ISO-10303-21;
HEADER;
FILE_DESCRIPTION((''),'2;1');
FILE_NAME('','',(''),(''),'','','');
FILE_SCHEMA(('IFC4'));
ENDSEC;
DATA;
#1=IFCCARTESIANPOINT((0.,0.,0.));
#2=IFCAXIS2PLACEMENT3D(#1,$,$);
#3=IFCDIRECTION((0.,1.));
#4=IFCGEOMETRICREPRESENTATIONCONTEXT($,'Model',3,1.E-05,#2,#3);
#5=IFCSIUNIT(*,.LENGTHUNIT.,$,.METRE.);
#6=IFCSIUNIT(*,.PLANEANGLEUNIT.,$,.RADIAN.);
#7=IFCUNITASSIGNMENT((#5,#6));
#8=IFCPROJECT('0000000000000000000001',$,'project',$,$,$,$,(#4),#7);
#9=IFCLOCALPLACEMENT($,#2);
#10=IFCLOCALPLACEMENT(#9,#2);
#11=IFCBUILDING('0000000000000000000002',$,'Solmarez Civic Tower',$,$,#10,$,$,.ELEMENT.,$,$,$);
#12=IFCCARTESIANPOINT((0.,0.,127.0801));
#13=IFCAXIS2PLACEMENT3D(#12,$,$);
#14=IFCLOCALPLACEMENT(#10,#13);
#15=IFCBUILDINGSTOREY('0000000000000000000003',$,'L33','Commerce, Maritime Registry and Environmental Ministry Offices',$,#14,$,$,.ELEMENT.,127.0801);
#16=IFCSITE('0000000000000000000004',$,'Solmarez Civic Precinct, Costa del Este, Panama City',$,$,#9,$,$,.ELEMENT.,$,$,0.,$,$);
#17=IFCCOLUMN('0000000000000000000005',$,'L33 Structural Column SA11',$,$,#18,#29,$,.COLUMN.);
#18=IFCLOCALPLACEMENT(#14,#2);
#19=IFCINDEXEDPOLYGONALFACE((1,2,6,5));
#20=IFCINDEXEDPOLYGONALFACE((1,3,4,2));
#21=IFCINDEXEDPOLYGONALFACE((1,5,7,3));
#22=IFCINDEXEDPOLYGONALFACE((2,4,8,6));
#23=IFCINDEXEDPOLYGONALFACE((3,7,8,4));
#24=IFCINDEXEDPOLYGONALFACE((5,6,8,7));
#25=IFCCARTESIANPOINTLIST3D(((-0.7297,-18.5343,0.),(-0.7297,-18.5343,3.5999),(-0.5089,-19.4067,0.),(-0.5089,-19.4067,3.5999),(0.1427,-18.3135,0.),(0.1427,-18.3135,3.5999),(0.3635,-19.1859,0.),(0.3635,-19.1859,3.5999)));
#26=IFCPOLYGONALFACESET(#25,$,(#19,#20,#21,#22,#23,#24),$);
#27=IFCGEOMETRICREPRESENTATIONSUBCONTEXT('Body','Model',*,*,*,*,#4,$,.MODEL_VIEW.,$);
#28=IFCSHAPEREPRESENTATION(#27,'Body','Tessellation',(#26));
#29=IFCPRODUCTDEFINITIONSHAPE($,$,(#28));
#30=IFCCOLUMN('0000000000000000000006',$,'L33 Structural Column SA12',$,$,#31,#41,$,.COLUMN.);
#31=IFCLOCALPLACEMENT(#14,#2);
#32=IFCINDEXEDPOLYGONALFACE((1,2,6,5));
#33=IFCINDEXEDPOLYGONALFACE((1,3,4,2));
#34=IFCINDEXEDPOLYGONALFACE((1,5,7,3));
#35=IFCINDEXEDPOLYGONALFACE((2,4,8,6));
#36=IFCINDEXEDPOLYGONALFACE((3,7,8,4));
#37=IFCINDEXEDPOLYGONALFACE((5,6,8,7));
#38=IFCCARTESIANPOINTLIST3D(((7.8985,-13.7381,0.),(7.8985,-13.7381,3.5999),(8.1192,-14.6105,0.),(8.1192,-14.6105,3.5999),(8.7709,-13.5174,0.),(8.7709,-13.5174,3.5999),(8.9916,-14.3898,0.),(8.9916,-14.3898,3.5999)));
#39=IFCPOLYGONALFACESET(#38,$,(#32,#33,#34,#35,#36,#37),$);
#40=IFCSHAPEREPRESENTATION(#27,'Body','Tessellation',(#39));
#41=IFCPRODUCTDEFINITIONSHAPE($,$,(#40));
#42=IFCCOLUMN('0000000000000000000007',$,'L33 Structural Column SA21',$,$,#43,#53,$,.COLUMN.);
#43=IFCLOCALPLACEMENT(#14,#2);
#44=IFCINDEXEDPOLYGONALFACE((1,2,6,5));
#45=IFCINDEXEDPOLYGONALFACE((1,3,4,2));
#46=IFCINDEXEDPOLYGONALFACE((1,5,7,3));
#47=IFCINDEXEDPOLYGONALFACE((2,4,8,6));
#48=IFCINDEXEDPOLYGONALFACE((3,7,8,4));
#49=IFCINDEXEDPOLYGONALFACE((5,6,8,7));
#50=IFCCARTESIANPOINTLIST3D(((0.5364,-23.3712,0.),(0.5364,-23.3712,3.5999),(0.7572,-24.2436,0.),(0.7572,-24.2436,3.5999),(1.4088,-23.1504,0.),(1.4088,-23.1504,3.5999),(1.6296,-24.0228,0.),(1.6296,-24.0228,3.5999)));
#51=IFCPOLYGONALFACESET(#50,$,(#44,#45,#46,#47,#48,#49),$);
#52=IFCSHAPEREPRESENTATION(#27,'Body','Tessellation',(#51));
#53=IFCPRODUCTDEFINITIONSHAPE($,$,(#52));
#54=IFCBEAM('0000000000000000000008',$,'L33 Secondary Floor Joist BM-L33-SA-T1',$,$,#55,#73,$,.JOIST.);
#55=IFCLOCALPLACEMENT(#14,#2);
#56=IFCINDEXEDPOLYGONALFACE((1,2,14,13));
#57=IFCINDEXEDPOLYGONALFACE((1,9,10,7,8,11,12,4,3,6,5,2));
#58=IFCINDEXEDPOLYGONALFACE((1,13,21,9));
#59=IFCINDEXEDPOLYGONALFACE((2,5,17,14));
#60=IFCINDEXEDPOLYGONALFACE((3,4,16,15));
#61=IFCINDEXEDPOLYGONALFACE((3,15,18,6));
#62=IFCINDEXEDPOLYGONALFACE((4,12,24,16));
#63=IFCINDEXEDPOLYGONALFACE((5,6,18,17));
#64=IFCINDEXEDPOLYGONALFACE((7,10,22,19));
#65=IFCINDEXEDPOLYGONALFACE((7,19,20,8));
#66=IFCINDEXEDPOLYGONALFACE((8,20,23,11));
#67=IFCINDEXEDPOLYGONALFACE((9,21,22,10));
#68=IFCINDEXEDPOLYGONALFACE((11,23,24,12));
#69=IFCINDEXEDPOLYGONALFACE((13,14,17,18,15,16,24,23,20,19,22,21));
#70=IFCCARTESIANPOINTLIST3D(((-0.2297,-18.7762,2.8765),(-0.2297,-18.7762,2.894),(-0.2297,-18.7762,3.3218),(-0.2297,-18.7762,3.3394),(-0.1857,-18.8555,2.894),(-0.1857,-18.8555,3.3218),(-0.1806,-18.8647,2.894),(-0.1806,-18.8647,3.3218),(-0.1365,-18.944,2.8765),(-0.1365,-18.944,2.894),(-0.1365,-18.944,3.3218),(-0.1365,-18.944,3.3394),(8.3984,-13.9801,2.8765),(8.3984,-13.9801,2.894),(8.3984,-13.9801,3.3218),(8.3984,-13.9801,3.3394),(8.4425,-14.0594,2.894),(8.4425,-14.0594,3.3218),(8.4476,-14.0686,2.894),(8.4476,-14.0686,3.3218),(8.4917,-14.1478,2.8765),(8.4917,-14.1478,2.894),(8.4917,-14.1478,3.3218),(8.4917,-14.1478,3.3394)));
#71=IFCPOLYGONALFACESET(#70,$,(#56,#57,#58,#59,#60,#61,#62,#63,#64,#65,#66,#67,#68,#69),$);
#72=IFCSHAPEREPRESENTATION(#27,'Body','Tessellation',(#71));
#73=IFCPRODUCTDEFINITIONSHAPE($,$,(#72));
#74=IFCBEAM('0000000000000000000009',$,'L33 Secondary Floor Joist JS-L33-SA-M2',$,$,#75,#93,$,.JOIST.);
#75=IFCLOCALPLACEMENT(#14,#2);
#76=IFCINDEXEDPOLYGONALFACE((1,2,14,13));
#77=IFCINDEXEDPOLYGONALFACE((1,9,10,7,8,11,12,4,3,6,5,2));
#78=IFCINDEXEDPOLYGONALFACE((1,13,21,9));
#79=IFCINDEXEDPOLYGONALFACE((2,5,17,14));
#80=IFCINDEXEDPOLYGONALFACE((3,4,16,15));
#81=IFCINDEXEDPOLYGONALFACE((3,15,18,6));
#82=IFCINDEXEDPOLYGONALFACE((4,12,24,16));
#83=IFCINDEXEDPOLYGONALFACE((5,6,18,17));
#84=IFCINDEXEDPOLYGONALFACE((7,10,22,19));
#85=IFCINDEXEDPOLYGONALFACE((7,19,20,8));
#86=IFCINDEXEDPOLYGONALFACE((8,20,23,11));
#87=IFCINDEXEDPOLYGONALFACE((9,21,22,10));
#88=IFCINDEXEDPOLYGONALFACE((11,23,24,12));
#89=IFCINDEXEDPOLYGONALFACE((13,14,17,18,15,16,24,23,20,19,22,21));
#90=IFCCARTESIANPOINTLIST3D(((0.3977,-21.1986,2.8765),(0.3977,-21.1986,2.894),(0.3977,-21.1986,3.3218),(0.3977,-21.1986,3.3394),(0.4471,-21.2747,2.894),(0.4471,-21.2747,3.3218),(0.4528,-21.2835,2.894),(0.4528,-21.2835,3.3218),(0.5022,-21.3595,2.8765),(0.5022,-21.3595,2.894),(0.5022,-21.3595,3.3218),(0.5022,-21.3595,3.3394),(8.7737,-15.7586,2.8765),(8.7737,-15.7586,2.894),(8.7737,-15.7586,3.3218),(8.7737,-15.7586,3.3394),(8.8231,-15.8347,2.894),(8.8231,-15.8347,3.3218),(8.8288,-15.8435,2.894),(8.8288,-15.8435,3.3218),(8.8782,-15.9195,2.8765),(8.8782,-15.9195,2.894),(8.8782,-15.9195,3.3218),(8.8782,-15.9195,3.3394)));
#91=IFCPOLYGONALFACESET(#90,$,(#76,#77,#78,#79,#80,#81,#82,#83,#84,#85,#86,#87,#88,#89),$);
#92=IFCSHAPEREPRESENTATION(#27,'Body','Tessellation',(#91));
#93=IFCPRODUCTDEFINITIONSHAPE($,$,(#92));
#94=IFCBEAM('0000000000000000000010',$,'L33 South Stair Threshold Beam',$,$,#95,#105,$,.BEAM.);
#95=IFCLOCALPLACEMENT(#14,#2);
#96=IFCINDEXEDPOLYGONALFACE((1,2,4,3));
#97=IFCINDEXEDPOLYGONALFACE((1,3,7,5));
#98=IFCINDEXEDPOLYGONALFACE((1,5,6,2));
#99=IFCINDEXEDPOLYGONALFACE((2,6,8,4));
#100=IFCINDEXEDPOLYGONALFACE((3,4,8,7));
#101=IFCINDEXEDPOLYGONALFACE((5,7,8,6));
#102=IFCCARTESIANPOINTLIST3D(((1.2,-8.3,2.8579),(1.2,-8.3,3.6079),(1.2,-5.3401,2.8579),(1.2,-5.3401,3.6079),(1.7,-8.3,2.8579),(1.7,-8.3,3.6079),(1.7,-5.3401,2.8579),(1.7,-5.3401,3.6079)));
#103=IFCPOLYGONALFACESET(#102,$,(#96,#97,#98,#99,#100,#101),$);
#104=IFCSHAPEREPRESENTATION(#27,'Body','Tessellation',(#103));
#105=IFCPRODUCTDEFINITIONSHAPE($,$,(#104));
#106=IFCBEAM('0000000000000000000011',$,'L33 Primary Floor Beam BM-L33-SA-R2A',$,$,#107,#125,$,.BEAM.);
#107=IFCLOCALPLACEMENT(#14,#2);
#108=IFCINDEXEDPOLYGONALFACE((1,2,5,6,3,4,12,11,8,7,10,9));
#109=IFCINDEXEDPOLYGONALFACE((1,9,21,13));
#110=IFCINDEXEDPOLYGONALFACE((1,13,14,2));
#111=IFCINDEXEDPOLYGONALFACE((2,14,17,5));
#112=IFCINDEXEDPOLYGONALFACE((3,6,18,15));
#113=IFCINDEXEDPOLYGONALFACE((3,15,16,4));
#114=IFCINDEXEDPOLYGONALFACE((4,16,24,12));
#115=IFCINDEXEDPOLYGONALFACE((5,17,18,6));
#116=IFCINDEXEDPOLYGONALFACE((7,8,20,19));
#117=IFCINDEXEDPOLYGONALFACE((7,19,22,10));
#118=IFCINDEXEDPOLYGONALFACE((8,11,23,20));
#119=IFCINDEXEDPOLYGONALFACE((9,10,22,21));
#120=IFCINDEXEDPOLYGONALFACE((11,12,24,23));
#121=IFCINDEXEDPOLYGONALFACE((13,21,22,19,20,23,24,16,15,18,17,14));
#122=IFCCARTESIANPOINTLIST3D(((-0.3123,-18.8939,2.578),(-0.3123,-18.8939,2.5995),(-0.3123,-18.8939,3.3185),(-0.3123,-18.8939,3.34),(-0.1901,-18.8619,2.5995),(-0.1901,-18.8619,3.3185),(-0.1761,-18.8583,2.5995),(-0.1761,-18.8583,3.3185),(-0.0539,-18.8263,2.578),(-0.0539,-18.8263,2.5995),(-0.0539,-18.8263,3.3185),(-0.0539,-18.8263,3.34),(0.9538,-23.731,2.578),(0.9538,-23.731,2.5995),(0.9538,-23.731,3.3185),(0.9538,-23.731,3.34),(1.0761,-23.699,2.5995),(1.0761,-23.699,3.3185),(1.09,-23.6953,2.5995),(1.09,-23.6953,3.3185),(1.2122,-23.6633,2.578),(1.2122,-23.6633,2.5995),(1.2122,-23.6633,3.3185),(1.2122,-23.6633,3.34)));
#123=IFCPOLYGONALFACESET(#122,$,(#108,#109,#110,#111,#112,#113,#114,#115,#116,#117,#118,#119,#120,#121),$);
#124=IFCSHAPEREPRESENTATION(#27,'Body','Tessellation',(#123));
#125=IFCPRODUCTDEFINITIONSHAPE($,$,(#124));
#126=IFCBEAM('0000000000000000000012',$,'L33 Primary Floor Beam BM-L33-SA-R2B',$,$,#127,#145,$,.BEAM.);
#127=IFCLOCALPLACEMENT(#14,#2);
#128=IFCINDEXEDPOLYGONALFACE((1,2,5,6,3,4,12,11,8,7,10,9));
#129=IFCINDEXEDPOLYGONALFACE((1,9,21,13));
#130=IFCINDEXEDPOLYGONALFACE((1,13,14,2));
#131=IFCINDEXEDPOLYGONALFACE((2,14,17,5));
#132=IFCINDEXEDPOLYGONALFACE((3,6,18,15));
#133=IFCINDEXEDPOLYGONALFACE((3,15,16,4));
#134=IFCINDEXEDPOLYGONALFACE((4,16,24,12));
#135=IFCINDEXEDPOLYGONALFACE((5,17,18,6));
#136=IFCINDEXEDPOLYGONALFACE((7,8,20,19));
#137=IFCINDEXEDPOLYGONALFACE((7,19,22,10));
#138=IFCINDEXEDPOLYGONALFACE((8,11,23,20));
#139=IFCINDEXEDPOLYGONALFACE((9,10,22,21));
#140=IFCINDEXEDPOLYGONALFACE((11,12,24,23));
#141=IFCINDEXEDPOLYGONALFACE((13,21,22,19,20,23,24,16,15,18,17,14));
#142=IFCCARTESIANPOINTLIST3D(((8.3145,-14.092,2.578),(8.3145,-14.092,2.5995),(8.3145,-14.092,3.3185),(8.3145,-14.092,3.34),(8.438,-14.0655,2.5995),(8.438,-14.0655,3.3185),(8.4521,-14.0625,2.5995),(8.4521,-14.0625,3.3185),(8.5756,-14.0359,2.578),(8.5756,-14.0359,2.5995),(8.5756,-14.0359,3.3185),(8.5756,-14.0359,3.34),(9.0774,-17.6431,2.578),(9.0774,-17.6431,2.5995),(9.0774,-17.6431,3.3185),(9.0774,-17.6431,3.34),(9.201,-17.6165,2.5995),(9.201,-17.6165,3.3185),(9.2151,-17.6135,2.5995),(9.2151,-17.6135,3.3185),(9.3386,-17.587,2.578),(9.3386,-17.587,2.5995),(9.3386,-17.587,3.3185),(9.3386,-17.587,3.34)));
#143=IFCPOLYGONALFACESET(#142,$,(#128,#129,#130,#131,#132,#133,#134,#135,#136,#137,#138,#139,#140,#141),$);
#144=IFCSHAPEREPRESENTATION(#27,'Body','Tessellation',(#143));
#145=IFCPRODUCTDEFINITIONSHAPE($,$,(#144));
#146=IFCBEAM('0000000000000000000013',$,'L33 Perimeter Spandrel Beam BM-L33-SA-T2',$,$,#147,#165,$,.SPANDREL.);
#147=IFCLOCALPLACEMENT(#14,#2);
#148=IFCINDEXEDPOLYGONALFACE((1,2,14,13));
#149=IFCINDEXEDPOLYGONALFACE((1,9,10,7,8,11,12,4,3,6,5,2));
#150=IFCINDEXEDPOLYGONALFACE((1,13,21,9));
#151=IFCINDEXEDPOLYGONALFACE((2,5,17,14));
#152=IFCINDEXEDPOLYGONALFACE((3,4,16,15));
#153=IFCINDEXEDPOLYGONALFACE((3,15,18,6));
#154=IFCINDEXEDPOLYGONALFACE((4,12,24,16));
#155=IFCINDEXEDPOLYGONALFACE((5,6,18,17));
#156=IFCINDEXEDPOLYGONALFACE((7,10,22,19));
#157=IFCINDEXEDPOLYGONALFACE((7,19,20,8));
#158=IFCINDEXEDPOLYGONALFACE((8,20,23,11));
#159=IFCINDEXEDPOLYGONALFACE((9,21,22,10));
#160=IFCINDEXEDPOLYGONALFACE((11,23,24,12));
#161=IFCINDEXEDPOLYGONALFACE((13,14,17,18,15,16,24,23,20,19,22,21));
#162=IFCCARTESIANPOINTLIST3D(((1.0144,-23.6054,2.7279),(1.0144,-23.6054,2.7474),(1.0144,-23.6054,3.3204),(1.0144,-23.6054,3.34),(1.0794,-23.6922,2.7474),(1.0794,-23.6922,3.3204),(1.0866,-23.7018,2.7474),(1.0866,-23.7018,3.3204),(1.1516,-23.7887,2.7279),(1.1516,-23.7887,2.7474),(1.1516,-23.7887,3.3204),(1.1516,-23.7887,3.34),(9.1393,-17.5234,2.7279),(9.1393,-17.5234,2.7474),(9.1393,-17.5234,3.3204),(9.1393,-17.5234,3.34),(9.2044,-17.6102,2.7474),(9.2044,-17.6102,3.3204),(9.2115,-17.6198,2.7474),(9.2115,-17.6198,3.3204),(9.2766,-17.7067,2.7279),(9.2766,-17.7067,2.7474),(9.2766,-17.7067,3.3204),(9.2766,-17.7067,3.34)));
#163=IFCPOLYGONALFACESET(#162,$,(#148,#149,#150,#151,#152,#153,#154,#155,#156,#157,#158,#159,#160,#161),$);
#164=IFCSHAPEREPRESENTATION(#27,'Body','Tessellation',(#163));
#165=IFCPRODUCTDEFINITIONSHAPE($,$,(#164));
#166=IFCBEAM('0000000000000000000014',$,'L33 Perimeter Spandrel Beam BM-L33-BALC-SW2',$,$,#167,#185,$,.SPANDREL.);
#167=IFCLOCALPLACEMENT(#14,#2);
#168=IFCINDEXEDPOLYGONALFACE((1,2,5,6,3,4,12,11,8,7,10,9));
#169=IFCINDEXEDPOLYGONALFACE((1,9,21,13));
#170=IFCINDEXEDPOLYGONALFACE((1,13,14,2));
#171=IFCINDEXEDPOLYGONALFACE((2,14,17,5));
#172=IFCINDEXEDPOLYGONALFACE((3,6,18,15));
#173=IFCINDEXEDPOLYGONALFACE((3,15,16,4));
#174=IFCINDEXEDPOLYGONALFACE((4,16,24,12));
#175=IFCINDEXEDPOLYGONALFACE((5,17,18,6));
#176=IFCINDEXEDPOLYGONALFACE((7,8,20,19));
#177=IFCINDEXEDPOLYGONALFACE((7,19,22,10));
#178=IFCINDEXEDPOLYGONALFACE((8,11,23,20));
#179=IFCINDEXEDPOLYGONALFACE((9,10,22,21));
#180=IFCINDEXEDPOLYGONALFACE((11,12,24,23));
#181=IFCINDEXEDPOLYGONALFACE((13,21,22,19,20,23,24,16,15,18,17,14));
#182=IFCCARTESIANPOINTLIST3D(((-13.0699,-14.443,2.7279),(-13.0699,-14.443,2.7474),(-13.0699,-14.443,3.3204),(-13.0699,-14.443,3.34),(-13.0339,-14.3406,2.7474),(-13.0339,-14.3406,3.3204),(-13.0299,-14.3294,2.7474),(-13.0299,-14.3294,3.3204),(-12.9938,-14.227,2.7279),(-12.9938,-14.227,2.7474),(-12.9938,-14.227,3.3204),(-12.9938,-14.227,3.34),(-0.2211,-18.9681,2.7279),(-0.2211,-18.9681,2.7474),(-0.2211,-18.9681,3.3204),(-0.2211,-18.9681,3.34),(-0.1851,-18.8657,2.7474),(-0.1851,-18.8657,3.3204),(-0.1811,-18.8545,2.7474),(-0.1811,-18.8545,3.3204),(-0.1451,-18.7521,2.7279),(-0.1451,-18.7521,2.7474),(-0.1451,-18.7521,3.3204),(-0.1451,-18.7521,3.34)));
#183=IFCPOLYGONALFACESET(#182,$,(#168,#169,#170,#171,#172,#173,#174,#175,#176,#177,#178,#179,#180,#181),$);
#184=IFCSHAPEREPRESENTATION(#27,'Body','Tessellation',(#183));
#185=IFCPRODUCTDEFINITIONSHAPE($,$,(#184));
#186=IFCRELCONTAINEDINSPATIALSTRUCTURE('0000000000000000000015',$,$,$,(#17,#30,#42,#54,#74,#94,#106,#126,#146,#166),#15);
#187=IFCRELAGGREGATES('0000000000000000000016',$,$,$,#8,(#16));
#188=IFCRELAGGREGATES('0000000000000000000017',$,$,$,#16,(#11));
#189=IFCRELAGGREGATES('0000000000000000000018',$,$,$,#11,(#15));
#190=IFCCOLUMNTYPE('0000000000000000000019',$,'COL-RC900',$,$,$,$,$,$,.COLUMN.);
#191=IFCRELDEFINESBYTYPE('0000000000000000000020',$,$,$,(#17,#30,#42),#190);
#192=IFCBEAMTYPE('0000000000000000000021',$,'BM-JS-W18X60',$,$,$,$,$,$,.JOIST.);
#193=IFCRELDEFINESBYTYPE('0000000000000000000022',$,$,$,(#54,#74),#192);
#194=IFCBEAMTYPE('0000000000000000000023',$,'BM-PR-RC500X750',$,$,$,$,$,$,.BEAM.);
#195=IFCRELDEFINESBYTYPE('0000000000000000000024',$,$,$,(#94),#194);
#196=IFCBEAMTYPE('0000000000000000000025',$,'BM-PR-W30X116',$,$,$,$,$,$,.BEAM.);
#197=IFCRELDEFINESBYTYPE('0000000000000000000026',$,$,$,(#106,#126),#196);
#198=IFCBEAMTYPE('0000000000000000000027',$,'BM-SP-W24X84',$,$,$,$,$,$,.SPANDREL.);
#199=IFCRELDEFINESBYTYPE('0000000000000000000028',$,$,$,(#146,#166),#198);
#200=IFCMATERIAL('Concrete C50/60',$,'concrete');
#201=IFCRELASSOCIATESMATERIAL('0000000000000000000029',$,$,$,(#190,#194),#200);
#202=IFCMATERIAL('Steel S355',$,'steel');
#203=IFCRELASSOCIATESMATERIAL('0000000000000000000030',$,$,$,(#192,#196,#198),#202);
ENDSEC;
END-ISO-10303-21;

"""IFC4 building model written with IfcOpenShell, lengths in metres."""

from ifc_helpers import new_model, si_unit, direction, frame, origin, origin_2d, place, context, subcontext, project, spatial, rectangle, i_section, extrude, material, material_profile, profile_set, type_object, element, save


model = new_model("IFC4")

# Units and contexts
model_context = context("Model", 3, precision=1e-05, world=origin(), true_north=direction((0.0, 1.0)))
body_context = subcontext(model_context, "Body", "Model", "MODEL_VIEW")
ifc_project = project(units=[si_unit("LENGTHUNIT", "METRE"), si_unit("PLANEANGLEUNIT", "RADIAN")], contexts=[model_context])

# Site, building, storey
site_placement = place(None, origin())
site = spatial("IfcSite", under=ifc_project, at=site_placement, Name="Solmarez Civic Precinct, Costa del Este, Panama City", CompositionType="ELEMENT", RefElevation=0.0)
building_placement = place(site_placement, origin())
building = spatial("IfcBuilding", under=site, at=building_placement, Name="Solmarez Civic Tower", CompositionType="ELEMENT")
storey_placement = place(building_placement, frame((0.0, 0.0, 127.0801)))
storey = spatial("IfcBuildingStorey", under=building, at=storey_placement, Name="L33", Description="Commerce, Maritime Registry and Environmental Ministry Offices", CompositionType="ELEMENT", Elevation=127.0801)

# Columns
ifc_material_1 = material(Name="Concrete C50/60", Category="concrete")
ifc_material_profile_1 = material_profile(ifc_material_1, rectangle(XDim=0.8999, YDim=0.8999, at=origin_2d()), Name="RC900X900")
ifc_profile_set_1 = profile_set([ifc_material_profile_1], Name="Concrete C50/60")
column_type = type_object("IfcColumnType", Name="COL-RC900", PredefinedType="COLUMN", material=ifc_profile_set_1)
for number, where, z_axis, x_axis, name in (
    (1, (-0.1831, -18.8601, 0.0), (0.0, 0.0, 1.0), (0.969445, 0.245307, 0.0), "L33 Structural Column SA11"),
    (2, (8.4451, -14.064, 0.0), (0.0, 0.0, 1.0), (0.969445, 0.245307, 0.0), "L33 Structural Column SA12"),
    (3, (1.083, -23.697, 0.0), (0.0, 0.0, 1.0), (0.969445, 0.245307, 0.0), "L33 Structural Column SA21"),
):
    element("IfcColumn", number, at=place(storey_placement, frame(where, z_axis=z_axis, x_axis=x_axis)), inside=storey, type_object=column_type, Name=name, PredefinedType="COLUMN", context=body_context, shape_type="SweptSolid", body=[
        extrude(rectangle(XDim=0.8999, YDim=0.8999, at=origin_2d()), origin(), (0.0, 0.0, 1.0), 3.5999),
    ])

# Beams
ifc_material_2 = material(Name="Steel S355", Category="steel")
ifc_material_profile_2 = material_profile(ifc_material_2, i_section(OverallWidth=0.1919, OverallDepth=0.4629, WebThickness=0.0105, FlangeThickness=0.0176, at=origin_2d()), Name="W18X60")
ifc_profile_set_2 = profile_set([ifc_material_profile_2], Name="Steel S355")
beam_type_1 = type_object("IfcBeamType", Name="BM-JS-W18X60", PredefinedType="JOIST", material=ifc_profile_set_2)
beam_1_placement = place(storey_placement, frame((-0.1831, -18.8601, 3.1079), z_axis=(0.874041, 0.485853, 0.0), x_axis=(-0.485853, 0.874041, 0.0)))
element("IfcBeam", 4, at=beam_1_placement, inside=storey, type_object=beam_type_1, Name="L33 Secondary Floor Joist BM-L33-SA-T1", PredefinedType="JOIST", context=body_context, shape_type="SweptSolid", body=[
    extrude(i_section(OverallWidth=0.1919, OverallDepth=0.4629, WebThickness=0.0105, FlangeThickness=0.0176, at=origin_2d()), origin(), (0.0, 0.0, 1.0), 9.8716),
])
beam_2_placement = place(storey_placement, frame((0.45, -21.2791, 3.1079), z_axis=(0.838647, 0.544676, 0.0), x_axis=(-0.544676, 0.838647, 0.0)))
element("IfcBeam", 5, at=beam_2_placement, inside=storey, type_object=beam_type_1, Name="L33 Secondary Floor Joist JS-L33-SA-M2", PredefinedType="JOIST", context=body_context, shape_type="SweptSolid", body=[
    extrude(i_section(OverallWidth=0.1919, OverallDepth=0.4629, WebThickness=0.0105, FlangeThickness=0.0176, at=origin_2d()), origin(), (0.0, 0.0, 1.0), 9.9875),
])
ifc_material_profile_3 = material_profile(ifc_material_1, rectangle(XDim=0.5, YDim=0.75, at=origin_2d()), Name="RC500X750")
ifc_profile_set_3 = profile_set([ifc_material_profile_3], Name="Concrete C50/60")
beam_type_2 = type_object("IfcBeamType", Name="BM-PR-RC500X750", PredefinedType="BEAM", material=ifc_profile_set_3)
beam_3_placement = place(storey_placement, frame((1.45, -8.3, 3.2329), z_axis=(0.0, 1.0, 0.0), x_axis=(-1.0, 0.0, 0.0)))
element("IfcBeam", 6, at=beam_3_placement, inside=storey, type_object=beam_type_2, Name="L33 South Stair Threshold Beam", PredefinedType="BEAM", context=body_context, shape_type="SweptSolid", body=[
    extrude(rectangle(XDim=0.5, YDim=0.75, at=origin_2d()), origin(), (0.0, 0.0, 1.0), 2.96),
])
ifc_material_profile_4 = material_profile(ifc_material_2, i_section(OverallWidth=0.2671, OverallDepth=0.762, WebThickness=0.0144, FlangeThickness=0.0215, at=origin_2d()), Name="W30X116")
ifc_profile_set_4 = profile_set([ifc_material_profile_4], Name="Steel S355")
beam_type_3 = type_object("IfcBeamType", Name="BM-PR-W30X116", PredefinedType="BEAM", material=ifc_profile_set_4)
beam_4_placement = place(storey_placement, frame((-0.1831, -18.8601, 2.959), z_axis=(0.253229, -0.967406, 0.0), x_axis=(0.967406, 0.253229, 0.0)))
element("IfcBeam", 7, at=beam_4_placement, inside=storey, type_object=beam_type_3, Name="L33 Primary Floor Beam BM-L33-SA-R2A", PredefinedType="BEAM", context=body_context, shape_type="SweptSolid", body=[
    extrude(i_section(OverallWidth=0.2671, OverallDepth=0.762, WebThickness=0.0144, FlangeThickness=0.0215, at=origin_2d()), origin(), (0.0, 0.0, 1.0), 5.0),
])
beam_5_placement = place(storey_placement, frame((8.4451, -14.064, 2.959), z_axis=(0.210057, -0.977689, 0.0), x_axis=(0.977689, 0.210057, 0.0)))
element("IfcBeam", 8, at=beam_5_placement, inside=storey, type_object=beam_type_3, Name="L33 Primary Floor Beam BM-L33-SA-R2B", PredefinedType="BEAM", context=body_context, shape_type="SweptSolid", body=[
    extrude(i_section(OverallWidth=0.2671, OverallDepth=0.762, WebThickness=0.0144, FlangeThickness=0.0215, at=origin_2d()), origin(), (0.0, 0.0, 1.0), 3.6321),
])
ifc_material_profile_5 = material_profile(ifc_material_2, i_section(OverallWidth=0.229, OverallDepth=0.6121, WebThickness=0.012, FlangeThickness=0.0195, at=origin_2d()), Name="W24X84")
ifc_profile_set_5 = profile_set([ifc_material_profile_5], Name="Steel S355")
beam_type_4 = type_object("IfcBeamType", Name="BM-SP-W24X84", PredefinedType="SPANDREL", material=ifc_profile_set_5)
beam_6_placement = place(storey_placement, frame((1.083, -23.697, 3.0339), z_axis=(0.800554, 0.599261, 0.0), x_axis=(-0.599261, 0.800554, 0.0)))
element("IfcBeam", 9, at=beam_6_placement, inside=storey, type_object=beam_type_4, Name="L33 Perimeter Spandrel Beam BM-L33-SA-T2", PredefinedType="SPANDREL", context=body_context, shape_type="SweptSolid", body=[
    extrude(i_section(OverallWidth=0.229, OverallDepth=0.6121, WebThickness=0.012, FlangeThickness=0.0195, at=origin_2d()), origin(), (0.0, 0.0, 1.0), 10.1492),
])
beam_7_placement = place(storey_placement, frame((-0.1831, -18.8601, 3.0339), z_axis=(-0.943215, 0.332184, 0.0), x_axis=(-0.332184, -0.943215, 0.0)))
element("IfcBeam", 10, at=beam_7_placement, inside=storey, type_object=beam_type_4, Name="L33 Perimeter Spandrel Beam BM-L33-BALC-SW2", PredefinedType="SPANDREL", context=body_context, shape_type="SweptSolid", body=[
    extrude(i_section(OverallWidth=0.229, OverallDepth=0.6121, WebThickness=0.012, FlangeThickness=0.0195, at=origin_2d()), origin(), (0.0, 0.0, 1.0), 13.6223),
])

save(model, "model.ifc")
